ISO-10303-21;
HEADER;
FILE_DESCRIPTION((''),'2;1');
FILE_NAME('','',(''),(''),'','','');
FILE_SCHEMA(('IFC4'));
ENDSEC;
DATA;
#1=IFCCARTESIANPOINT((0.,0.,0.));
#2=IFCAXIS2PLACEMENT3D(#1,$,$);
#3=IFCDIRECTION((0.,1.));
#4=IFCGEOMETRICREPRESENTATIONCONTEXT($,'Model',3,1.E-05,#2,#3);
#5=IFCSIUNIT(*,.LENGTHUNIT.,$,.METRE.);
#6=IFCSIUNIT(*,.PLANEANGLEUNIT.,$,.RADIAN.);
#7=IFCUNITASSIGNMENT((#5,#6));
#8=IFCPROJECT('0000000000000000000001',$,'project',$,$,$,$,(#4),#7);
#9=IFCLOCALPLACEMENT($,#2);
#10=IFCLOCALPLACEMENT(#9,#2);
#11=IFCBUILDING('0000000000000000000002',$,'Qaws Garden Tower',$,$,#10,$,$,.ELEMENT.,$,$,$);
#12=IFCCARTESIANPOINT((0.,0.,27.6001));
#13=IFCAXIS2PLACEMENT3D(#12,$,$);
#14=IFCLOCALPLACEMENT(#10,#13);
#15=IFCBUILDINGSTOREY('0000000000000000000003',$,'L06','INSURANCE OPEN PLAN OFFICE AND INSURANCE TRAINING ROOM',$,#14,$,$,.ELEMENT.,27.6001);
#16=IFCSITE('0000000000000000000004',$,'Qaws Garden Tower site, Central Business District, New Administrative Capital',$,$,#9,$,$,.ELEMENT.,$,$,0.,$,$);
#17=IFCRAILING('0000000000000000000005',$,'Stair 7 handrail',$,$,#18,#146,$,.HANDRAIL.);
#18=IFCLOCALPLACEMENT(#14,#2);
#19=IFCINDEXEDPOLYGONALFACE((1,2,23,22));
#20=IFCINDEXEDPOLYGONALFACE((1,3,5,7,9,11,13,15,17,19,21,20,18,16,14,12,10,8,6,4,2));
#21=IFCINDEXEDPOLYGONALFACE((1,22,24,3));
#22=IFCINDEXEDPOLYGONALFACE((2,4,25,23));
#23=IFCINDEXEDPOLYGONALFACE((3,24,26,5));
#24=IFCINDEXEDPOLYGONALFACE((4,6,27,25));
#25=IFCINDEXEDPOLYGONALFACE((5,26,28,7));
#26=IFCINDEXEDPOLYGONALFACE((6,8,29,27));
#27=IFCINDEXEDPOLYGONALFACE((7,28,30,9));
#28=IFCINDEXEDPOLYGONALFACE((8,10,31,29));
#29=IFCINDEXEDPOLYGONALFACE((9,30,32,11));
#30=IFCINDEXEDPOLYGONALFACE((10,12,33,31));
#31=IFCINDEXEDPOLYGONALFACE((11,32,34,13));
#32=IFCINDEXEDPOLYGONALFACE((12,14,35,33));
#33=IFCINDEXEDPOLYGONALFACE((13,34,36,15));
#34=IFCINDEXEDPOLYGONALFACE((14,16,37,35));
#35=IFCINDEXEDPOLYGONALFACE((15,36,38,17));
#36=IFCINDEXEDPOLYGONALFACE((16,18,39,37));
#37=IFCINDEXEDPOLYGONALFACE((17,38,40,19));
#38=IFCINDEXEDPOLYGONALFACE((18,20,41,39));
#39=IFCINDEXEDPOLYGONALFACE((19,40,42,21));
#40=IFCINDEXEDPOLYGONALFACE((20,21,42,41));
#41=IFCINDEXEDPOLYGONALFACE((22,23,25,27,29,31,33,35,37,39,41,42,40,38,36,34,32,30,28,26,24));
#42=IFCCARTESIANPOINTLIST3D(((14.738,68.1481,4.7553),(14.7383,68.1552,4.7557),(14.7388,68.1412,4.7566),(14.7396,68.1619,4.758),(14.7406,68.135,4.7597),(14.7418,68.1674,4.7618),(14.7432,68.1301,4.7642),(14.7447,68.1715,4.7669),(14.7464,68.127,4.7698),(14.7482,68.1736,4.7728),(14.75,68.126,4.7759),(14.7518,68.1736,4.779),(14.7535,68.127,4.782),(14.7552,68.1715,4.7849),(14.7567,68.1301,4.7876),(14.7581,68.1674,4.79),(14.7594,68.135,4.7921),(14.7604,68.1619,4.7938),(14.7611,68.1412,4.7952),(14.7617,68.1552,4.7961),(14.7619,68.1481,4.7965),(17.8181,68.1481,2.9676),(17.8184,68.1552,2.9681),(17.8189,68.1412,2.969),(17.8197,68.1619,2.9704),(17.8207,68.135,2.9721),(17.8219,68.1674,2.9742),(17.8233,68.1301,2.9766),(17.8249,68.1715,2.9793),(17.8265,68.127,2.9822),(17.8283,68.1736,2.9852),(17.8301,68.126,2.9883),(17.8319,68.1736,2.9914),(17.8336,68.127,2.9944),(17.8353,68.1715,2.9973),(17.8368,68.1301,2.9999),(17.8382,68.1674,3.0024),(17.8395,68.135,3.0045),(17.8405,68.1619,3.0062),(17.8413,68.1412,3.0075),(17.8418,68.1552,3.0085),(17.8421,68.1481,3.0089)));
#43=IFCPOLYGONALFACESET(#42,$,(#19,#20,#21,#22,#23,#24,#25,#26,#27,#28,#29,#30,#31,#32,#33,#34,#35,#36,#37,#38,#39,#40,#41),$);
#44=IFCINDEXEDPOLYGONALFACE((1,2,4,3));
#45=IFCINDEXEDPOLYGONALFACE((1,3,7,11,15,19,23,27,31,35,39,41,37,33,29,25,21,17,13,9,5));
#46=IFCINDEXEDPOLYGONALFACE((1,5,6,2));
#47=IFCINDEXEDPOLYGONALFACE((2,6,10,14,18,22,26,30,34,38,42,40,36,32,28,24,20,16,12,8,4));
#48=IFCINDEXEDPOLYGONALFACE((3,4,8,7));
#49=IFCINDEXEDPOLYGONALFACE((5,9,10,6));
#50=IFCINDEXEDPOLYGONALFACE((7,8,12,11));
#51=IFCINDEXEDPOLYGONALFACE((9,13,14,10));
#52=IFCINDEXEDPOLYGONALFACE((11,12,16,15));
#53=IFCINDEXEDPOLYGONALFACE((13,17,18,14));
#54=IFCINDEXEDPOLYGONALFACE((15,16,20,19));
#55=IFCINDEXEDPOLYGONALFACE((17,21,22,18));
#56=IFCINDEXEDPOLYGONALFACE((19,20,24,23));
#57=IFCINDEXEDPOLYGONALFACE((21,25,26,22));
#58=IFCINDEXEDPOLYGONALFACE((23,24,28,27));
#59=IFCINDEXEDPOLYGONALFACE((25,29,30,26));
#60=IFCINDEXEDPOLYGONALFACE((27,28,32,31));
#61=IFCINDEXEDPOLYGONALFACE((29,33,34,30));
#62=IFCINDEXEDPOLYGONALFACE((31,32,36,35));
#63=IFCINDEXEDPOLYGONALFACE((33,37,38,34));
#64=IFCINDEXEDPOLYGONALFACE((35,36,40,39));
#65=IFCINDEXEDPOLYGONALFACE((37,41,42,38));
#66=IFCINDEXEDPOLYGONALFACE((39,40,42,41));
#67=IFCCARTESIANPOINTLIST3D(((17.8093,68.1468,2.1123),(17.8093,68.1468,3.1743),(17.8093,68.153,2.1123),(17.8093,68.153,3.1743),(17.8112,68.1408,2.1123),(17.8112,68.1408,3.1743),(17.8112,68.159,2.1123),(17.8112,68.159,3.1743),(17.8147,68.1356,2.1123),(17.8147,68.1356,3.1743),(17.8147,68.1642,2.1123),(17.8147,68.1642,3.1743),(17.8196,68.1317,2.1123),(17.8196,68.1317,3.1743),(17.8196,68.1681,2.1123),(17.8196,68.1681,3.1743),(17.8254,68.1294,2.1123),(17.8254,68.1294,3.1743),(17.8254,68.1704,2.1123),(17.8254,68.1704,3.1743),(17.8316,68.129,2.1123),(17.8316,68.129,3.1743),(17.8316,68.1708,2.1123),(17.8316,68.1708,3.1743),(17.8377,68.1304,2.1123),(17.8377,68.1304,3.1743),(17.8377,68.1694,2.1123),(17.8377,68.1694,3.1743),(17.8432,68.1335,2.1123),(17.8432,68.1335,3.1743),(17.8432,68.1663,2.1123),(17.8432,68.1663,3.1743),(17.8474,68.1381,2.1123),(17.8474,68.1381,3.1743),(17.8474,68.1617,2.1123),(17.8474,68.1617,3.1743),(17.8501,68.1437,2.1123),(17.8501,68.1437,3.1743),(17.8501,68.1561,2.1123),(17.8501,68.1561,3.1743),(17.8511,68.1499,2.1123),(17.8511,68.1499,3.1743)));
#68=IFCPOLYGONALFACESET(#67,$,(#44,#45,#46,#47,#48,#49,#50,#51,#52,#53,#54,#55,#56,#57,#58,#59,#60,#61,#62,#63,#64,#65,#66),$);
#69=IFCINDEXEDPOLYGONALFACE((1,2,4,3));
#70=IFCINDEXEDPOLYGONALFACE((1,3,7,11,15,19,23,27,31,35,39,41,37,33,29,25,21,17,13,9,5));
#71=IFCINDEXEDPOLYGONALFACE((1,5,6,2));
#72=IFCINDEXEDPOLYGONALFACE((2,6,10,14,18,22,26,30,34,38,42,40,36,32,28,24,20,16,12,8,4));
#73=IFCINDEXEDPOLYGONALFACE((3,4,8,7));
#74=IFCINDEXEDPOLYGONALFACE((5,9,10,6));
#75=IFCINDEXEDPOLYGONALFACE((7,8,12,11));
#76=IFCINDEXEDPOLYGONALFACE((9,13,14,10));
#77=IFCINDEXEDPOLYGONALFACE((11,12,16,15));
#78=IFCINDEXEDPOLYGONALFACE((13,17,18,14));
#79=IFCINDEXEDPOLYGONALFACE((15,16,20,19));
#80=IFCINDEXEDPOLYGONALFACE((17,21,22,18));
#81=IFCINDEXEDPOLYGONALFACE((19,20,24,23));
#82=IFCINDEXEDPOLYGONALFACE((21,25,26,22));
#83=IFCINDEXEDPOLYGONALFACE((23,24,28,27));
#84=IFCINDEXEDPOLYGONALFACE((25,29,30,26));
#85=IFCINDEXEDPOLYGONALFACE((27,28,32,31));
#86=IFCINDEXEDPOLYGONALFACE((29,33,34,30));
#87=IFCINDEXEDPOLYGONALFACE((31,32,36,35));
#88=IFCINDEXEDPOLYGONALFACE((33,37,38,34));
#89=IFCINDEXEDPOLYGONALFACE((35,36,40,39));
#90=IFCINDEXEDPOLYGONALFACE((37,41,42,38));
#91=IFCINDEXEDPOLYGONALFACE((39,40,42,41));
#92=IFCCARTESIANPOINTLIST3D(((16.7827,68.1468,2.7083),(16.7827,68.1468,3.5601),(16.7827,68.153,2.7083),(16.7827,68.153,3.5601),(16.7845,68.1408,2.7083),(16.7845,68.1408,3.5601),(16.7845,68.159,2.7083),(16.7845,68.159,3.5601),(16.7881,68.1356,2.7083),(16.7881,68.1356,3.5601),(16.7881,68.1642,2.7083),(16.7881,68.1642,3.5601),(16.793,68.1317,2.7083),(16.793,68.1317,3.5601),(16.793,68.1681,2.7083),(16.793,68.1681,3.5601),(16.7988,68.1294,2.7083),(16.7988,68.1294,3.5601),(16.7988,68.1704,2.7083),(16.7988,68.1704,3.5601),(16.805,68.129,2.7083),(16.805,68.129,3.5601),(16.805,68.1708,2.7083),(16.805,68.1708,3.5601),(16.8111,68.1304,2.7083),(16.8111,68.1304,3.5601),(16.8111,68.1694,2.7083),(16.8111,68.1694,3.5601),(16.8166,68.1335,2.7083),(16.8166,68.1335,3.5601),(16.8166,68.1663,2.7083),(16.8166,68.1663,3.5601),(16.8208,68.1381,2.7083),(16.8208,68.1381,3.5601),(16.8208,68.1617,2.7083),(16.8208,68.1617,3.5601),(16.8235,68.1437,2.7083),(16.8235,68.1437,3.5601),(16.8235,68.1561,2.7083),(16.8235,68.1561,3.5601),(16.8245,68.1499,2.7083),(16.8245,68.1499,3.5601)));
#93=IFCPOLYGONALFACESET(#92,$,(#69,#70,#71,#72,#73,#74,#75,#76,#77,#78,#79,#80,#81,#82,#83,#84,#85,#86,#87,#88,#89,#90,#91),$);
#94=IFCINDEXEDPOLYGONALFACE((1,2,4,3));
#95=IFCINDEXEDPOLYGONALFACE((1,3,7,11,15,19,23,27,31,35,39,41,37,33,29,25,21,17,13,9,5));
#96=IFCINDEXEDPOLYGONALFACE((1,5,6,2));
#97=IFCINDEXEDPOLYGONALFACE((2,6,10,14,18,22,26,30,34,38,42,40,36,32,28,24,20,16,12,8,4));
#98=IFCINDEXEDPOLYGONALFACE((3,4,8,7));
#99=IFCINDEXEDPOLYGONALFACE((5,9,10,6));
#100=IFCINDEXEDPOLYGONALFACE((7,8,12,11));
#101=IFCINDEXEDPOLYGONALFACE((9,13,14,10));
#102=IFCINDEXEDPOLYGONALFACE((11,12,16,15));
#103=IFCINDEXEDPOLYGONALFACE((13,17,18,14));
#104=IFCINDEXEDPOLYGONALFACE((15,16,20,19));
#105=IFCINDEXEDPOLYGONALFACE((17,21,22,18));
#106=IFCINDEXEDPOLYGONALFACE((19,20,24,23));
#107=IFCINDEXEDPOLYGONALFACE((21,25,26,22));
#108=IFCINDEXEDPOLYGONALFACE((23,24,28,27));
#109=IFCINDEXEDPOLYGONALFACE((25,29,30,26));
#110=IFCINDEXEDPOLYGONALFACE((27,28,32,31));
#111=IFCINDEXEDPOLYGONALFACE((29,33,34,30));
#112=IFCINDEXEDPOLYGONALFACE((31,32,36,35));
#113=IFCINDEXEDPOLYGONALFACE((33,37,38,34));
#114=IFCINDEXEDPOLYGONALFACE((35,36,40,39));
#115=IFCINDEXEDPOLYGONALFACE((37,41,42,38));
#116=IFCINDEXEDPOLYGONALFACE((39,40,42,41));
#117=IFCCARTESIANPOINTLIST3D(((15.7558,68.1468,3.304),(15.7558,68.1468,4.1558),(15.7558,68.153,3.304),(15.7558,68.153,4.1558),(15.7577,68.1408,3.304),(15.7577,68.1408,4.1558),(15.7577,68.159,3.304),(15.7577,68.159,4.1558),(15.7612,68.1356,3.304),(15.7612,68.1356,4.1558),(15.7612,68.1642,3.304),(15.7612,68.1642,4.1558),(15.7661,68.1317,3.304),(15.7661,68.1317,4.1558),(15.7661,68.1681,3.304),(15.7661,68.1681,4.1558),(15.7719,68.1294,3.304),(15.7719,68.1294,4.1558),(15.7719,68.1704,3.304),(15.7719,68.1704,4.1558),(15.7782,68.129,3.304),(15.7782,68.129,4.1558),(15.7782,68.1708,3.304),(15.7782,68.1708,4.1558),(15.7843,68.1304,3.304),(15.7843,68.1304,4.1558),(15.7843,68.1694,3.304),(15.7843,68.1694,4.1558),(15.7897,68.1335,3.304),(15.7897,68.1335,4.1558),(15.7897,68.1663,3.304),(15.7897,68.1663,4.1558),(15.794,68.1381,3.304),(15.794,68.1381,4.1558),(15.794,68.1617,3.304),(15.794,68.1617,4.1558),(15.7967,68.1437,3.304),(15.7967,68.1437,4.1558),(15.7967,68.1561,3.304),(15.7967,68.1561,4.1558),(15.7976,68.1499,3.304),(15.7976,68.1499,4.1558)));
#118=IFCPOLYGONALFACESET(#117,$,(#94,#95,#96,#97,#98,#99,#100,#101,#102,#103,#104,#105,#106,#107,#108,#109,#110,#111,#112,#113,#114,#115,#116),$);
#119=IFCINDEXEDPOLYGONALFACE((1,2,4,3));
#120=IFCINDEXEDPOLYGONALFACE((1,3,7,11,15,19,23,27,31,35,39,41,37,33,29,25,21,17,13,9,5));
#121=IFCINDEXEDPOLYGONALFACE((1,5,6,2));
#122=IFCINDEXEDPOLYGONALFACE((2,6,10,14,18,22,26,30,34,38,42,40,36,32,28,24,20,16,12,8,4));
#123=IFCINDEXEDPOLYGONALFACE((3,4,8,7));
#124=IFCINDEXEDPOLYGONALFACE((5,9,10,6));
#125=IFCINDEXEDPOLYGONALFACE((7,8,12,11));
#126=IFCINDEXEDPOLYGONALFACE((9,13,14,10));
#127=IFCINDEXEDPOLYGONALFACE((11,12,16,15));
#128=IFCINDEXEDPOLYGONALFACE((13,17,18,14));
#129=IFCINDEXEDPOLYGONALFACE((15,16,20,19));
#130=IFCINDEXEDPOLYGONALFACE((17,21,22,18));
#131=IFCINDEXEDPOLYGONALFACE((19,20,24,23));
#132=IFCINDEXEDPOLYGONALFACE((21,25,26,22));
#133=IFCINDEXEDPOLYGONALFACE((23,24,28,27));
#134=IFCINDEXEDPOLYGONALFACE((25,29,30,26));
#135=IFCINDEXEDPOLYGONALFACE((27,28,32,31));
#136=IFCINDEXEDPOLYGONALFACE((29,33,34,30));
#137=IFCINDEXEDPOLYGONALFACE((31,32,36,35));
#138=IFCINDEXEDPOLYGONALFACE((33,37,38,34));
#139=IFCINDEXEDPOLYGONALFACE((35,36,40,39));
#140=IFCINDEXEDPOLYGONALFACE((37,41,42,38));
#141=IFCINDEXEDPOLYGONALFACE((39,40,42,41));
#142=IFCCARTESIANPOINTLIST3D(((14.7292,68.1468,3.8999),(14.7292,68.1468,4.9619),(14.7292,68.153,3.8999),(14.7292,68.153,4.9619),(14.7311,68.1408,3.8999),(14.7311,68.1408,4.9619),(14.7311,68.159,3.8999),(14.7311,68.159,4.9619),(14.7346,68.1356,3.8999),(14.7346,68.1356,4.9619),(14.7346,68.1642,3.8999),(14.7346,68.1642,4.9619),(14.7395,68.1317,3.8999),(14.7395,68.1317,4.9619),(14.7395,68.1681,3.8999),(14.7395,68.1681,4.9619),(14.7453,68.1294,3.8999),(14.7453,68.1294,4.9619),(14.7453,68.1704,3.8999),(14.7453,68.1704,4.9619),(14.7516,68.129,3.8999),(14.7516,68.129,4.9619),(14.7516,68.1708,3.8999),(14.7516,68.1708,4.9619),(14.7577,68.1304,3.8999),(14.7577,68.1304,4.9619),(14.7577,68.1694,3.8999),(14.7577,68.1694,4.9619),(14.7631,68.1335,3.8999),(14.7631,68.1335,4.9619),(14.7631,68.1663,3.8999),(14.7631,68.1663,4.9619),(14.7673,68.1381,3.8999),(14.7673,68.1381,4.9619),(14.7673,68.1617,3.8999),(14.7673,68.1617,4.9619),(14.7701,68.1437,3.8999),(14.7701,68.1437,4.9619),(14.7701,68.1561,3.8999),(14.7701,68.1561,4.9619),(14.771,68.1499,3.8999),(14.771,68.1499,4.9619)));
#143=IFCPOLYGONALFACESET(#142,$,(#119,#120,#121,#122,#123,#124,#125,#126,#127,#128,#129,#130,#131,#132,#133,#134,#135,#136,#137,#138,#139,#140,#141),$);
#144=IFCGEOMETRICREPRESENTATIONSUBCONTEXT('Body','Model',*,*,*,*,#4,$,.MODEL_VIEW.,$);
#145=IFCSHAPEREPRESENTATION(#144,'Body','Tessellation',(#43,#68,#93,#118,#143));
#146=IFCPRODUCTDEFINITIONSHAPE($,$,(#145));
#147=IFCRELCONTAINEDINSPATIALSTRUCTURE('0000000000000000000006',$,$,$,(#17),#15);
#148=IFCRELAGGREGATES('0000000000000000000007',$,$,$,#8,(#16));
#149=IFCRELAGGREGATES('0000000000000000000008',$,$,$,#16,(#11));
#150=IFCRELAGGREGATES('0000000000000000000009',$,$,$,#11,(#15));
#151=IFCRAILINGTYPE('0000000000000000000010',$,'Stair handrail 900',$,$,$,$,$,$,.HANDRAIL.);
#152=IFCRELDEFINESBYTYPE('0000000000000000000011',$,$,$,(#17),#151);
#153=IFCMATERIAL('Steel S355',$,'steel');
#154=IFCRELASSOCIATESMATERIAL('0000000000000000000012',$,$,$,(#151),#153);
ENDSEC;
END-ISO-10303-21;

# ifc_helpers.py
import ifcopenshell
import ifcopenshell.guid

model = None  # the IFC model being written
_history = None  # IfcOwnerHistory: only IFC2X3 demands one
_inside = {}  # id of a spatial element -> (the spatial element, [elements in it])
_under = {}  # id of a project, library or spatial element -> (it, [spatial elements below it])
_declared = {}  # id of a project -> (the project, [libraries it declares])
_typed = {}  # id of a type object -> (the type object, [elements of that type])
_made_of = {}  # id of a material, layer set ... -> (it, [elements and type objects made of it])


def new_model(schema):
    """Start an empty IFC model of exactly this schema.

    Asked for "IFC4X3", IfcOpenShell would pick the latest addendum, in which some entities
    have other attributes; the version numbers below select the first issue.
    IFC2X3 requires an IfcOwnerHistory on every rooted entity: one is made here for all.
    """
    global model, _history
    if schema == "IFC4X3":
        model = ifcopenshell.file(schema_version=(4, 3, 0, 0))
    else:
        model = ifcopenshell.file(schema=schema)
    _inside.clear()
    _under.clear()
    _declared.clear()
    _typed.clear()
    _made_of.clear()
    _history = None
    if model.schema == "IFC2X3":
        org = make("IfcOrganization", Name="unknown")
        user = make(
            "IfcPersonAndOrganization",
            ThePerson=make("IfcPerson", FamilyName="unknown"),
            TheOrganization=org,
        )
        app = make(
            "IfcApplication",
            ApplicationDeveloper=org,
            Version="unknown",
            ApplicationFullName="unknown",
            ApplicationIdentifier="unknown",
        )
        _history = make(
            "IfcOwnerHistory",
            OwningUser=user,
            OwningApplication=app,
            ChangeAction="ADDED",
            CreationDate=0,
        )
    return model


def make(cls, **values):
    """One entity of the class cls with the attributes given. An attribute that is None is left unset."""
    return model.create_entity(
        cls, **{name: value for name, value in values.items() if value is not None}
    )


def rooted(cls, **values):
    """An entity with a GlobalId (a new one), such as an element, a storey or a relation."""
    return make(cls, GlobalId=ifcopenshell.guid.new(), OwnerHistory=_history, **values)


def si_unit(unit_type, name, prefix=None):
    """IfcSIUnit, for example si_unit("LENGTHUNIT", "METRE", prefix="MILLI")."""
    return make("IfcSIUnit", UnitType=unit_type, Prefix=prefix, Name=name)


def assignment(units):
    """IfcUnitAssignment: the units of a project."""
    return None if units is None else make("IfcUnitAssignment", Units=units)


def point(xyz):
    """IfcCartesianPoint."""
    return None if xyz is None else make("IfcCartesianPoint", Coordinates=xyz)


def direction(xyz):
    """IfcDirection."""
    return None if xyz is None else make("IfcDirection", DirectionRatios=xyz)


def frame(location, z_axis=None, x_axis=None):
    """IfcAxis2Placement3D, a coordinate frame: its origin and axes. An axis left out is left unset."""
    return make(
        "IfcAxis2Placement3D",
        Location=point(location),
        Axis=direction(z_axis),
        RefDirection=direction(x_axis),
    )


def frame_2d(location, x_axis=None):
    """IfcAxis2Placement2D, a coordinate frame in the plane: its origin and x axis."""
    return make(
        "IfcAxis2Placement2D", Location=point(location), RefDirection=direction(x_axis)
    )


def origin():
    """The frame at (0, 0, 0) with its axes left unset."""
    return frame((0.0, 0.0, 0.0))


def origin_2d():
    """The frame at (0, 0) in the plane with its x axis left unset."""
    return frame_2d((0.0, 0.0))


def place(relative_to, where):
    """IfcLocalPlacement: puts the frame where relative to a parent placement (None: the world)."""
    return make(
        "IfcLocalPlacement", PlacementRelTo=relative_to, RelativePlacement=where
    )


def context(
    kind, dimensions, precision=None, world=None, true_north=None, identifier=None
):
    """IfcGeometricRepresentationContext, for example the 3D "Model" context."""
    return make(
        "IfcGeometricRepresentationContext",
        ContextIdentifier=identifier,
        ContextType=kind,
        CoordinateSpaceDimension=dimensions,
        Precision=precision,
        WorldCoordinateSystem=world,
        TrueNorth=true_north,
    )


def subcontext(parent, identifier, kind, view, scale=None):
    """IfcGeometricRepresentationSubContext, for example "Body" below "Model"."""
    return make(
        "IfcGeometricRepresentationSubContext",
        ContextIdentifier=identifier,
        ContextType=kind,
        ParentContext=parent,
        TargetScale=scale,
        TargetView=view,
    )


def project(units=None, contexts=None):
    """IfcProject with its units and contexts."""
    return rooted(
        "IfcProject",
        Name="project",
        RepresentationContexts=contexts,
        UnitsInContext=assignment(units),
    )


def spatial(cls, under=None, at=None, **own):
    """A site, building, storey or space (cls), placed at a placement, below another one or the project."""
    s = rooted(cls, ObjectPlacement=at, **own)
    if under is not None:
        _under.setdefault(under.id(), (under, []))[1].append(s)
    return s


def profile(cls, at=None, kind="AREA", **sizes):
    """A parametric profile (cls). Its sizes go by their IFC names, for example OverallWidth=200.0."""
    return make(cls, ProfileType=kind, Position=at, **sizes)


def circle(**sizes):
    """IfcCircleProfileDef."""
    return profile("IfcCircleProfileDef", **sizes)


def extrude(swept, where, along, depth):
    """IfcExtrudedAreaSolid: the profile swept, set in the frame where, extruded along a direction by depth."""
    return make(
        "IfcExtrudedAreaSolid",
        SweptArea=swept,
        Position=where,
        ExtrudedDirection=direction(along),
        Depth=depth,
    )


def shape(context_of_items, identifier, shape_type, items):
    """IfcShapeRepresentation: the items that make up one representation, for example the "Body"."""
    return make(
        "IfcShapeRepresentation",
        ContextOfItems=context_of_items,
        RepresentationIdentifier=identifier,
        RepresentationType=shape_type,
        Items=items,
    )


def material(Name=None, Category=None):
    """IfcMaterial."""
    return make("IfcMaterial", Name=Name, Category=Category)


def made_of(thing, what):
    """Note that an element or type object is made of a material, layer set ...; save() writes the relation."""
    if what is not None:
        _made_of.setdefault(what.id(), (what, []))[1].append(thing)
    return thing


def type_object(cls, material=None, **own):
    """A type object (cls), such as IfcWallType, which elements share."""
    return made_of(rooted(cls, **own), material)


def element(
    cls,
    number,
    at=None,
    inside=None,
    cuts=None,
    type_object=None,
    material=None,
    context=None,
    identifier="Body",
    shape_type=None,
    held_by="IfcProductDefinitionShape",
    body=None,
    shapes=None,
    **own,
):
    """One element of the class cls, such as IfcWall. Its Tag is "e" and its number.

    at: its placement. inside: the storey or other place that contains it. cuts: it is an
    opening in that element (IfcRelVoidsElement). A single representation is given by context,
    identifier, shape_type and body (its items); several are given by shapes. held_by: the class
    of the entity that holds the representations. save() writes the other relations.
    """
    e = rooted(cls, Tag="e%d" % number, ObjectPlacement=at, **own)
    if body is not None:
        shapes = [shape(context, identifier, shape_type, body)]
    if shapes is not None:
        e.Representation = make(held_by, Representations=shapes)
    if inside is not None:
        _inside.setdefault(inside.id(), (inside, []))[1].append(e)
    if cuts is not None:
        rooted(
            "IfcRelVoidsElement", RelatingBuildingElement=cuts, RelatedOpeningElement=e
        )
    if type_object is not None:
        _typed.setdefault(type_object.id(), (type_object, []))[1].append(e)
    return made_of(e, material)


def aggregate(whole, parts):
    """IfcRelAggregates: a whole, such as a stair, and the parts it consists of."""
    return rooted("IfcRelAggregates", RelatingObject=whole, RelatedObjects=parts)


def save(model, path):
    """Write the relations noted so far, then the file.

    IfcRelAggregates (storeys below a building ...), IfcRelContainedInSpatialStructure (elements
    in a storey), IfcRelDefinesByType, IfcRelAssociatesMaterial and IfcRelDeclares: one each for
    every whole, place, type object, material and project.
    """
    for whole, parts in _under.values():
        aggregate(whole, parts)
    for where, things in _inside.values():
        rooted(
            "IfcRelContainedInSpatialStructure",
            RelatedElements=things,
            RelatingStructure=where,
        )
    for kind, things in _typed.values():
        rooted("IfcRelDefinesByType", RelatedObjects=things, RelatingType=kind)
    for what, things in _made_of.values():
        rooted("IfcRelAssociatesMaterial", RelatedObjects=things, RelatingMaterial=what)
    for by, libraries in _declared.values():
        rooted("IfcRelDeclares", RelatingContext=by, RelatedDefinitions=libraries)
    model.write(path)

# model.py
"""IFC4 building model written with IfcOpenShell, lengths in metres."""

from ifc_helpers import new_model, si_unit, direction, frame, origin, origin_2d, place, context, subcontext, project, spatial, circle, extrude, material, type_object, element, save


model = new_model("IFC4")

# Units and contexts
model_context = context("Model", 3, precision=1e-05, world=origin(), true_north=direction((0.0, 1.0)))
body_context = subcontext(model_context, "Body", "Model", "MODEL_VIEW")
ifc_project = project(units=[si_unit("LENGTHUNIT", "METRE"), si_unit("PLANEANGLEUNIT", "RADIAN")], contexts=[model_context])

# Site, building, storey
site_placement = place(None, origin())
site = spatial("IfcSite", under=ifc_project, at=site_placement, Name="Qaws Garden Tower site, Central Business District, New Administrative Capital", CompositionType="ELEMENT", RefElevation=0.0)
building_placement = place(site_placement, origin())
building = spatial("IfcBuilding", under=site, at=building_placement, Name="Qaws Garden Tower", CompositionType="ELEMENT")
storey_placement = place(building_placement, frame((0.0, 0.0, 27.6001)))
storey = spatial("IfcBuildingStorey", under=building, at=storey_placement, Name="L06", Description="INSURANCE OPEN PLAN OFFICE AND INSURANCE TRAINING ROOM", CompositionType="ELEMENT", Elevation=27.6001)

# Railing
ifc_material_1 = material(Name="Steel S355", Category="steel")
railing_type = type_object("IfcRailingType", Name="Stair handrail 900", PredefinedType="HANDRAIL", material=ifc_material_1)
railing_placement = place(storey_placement, frame((17.8301, 68.1499, 2.1123)))
element("IfcRailing", 1, at=railing_placement, inside=storey, type_object=railing_type, Name="Stair 7 handrail", PredefinedType="HANDRAIL", context=body_context, shape_type="SweptSolid", body=[
    extrude(circle(Radius=0.0239, at=origin_2d()), frame((0.0, 0.0, 0.876), z_axis=(-0.864891, 0.0, 0.50196), x_axis=(0.0, -1.0, 0.0)), (0.0, 0.0, 1.0), 3.5613),
    extrude(circle(Radius=0.021, at=origin_2d()), origin(), (0.0, 0.0, 1.0), 1.062),
    extrude(circle(Radius=0.021, at=origin_2d()), frame((-1.0266, 0.0, 0.5959)), (0.0, 0.0, 1.0), 0.8518),
    extrude(circle(Radius=0.021, at=origin_2d()), frame((-2.0535, 0.0, 1.1917)), (0.0, 0.0, 1.0), 0.8518),
    extrude(circle(Radius=0.021, at=origin_2d()), frame((-3.0801, 0.0, 1.7876)), (0.0, 0.0, 1.0), 1.062),
])

save(model, "model.ifc")
